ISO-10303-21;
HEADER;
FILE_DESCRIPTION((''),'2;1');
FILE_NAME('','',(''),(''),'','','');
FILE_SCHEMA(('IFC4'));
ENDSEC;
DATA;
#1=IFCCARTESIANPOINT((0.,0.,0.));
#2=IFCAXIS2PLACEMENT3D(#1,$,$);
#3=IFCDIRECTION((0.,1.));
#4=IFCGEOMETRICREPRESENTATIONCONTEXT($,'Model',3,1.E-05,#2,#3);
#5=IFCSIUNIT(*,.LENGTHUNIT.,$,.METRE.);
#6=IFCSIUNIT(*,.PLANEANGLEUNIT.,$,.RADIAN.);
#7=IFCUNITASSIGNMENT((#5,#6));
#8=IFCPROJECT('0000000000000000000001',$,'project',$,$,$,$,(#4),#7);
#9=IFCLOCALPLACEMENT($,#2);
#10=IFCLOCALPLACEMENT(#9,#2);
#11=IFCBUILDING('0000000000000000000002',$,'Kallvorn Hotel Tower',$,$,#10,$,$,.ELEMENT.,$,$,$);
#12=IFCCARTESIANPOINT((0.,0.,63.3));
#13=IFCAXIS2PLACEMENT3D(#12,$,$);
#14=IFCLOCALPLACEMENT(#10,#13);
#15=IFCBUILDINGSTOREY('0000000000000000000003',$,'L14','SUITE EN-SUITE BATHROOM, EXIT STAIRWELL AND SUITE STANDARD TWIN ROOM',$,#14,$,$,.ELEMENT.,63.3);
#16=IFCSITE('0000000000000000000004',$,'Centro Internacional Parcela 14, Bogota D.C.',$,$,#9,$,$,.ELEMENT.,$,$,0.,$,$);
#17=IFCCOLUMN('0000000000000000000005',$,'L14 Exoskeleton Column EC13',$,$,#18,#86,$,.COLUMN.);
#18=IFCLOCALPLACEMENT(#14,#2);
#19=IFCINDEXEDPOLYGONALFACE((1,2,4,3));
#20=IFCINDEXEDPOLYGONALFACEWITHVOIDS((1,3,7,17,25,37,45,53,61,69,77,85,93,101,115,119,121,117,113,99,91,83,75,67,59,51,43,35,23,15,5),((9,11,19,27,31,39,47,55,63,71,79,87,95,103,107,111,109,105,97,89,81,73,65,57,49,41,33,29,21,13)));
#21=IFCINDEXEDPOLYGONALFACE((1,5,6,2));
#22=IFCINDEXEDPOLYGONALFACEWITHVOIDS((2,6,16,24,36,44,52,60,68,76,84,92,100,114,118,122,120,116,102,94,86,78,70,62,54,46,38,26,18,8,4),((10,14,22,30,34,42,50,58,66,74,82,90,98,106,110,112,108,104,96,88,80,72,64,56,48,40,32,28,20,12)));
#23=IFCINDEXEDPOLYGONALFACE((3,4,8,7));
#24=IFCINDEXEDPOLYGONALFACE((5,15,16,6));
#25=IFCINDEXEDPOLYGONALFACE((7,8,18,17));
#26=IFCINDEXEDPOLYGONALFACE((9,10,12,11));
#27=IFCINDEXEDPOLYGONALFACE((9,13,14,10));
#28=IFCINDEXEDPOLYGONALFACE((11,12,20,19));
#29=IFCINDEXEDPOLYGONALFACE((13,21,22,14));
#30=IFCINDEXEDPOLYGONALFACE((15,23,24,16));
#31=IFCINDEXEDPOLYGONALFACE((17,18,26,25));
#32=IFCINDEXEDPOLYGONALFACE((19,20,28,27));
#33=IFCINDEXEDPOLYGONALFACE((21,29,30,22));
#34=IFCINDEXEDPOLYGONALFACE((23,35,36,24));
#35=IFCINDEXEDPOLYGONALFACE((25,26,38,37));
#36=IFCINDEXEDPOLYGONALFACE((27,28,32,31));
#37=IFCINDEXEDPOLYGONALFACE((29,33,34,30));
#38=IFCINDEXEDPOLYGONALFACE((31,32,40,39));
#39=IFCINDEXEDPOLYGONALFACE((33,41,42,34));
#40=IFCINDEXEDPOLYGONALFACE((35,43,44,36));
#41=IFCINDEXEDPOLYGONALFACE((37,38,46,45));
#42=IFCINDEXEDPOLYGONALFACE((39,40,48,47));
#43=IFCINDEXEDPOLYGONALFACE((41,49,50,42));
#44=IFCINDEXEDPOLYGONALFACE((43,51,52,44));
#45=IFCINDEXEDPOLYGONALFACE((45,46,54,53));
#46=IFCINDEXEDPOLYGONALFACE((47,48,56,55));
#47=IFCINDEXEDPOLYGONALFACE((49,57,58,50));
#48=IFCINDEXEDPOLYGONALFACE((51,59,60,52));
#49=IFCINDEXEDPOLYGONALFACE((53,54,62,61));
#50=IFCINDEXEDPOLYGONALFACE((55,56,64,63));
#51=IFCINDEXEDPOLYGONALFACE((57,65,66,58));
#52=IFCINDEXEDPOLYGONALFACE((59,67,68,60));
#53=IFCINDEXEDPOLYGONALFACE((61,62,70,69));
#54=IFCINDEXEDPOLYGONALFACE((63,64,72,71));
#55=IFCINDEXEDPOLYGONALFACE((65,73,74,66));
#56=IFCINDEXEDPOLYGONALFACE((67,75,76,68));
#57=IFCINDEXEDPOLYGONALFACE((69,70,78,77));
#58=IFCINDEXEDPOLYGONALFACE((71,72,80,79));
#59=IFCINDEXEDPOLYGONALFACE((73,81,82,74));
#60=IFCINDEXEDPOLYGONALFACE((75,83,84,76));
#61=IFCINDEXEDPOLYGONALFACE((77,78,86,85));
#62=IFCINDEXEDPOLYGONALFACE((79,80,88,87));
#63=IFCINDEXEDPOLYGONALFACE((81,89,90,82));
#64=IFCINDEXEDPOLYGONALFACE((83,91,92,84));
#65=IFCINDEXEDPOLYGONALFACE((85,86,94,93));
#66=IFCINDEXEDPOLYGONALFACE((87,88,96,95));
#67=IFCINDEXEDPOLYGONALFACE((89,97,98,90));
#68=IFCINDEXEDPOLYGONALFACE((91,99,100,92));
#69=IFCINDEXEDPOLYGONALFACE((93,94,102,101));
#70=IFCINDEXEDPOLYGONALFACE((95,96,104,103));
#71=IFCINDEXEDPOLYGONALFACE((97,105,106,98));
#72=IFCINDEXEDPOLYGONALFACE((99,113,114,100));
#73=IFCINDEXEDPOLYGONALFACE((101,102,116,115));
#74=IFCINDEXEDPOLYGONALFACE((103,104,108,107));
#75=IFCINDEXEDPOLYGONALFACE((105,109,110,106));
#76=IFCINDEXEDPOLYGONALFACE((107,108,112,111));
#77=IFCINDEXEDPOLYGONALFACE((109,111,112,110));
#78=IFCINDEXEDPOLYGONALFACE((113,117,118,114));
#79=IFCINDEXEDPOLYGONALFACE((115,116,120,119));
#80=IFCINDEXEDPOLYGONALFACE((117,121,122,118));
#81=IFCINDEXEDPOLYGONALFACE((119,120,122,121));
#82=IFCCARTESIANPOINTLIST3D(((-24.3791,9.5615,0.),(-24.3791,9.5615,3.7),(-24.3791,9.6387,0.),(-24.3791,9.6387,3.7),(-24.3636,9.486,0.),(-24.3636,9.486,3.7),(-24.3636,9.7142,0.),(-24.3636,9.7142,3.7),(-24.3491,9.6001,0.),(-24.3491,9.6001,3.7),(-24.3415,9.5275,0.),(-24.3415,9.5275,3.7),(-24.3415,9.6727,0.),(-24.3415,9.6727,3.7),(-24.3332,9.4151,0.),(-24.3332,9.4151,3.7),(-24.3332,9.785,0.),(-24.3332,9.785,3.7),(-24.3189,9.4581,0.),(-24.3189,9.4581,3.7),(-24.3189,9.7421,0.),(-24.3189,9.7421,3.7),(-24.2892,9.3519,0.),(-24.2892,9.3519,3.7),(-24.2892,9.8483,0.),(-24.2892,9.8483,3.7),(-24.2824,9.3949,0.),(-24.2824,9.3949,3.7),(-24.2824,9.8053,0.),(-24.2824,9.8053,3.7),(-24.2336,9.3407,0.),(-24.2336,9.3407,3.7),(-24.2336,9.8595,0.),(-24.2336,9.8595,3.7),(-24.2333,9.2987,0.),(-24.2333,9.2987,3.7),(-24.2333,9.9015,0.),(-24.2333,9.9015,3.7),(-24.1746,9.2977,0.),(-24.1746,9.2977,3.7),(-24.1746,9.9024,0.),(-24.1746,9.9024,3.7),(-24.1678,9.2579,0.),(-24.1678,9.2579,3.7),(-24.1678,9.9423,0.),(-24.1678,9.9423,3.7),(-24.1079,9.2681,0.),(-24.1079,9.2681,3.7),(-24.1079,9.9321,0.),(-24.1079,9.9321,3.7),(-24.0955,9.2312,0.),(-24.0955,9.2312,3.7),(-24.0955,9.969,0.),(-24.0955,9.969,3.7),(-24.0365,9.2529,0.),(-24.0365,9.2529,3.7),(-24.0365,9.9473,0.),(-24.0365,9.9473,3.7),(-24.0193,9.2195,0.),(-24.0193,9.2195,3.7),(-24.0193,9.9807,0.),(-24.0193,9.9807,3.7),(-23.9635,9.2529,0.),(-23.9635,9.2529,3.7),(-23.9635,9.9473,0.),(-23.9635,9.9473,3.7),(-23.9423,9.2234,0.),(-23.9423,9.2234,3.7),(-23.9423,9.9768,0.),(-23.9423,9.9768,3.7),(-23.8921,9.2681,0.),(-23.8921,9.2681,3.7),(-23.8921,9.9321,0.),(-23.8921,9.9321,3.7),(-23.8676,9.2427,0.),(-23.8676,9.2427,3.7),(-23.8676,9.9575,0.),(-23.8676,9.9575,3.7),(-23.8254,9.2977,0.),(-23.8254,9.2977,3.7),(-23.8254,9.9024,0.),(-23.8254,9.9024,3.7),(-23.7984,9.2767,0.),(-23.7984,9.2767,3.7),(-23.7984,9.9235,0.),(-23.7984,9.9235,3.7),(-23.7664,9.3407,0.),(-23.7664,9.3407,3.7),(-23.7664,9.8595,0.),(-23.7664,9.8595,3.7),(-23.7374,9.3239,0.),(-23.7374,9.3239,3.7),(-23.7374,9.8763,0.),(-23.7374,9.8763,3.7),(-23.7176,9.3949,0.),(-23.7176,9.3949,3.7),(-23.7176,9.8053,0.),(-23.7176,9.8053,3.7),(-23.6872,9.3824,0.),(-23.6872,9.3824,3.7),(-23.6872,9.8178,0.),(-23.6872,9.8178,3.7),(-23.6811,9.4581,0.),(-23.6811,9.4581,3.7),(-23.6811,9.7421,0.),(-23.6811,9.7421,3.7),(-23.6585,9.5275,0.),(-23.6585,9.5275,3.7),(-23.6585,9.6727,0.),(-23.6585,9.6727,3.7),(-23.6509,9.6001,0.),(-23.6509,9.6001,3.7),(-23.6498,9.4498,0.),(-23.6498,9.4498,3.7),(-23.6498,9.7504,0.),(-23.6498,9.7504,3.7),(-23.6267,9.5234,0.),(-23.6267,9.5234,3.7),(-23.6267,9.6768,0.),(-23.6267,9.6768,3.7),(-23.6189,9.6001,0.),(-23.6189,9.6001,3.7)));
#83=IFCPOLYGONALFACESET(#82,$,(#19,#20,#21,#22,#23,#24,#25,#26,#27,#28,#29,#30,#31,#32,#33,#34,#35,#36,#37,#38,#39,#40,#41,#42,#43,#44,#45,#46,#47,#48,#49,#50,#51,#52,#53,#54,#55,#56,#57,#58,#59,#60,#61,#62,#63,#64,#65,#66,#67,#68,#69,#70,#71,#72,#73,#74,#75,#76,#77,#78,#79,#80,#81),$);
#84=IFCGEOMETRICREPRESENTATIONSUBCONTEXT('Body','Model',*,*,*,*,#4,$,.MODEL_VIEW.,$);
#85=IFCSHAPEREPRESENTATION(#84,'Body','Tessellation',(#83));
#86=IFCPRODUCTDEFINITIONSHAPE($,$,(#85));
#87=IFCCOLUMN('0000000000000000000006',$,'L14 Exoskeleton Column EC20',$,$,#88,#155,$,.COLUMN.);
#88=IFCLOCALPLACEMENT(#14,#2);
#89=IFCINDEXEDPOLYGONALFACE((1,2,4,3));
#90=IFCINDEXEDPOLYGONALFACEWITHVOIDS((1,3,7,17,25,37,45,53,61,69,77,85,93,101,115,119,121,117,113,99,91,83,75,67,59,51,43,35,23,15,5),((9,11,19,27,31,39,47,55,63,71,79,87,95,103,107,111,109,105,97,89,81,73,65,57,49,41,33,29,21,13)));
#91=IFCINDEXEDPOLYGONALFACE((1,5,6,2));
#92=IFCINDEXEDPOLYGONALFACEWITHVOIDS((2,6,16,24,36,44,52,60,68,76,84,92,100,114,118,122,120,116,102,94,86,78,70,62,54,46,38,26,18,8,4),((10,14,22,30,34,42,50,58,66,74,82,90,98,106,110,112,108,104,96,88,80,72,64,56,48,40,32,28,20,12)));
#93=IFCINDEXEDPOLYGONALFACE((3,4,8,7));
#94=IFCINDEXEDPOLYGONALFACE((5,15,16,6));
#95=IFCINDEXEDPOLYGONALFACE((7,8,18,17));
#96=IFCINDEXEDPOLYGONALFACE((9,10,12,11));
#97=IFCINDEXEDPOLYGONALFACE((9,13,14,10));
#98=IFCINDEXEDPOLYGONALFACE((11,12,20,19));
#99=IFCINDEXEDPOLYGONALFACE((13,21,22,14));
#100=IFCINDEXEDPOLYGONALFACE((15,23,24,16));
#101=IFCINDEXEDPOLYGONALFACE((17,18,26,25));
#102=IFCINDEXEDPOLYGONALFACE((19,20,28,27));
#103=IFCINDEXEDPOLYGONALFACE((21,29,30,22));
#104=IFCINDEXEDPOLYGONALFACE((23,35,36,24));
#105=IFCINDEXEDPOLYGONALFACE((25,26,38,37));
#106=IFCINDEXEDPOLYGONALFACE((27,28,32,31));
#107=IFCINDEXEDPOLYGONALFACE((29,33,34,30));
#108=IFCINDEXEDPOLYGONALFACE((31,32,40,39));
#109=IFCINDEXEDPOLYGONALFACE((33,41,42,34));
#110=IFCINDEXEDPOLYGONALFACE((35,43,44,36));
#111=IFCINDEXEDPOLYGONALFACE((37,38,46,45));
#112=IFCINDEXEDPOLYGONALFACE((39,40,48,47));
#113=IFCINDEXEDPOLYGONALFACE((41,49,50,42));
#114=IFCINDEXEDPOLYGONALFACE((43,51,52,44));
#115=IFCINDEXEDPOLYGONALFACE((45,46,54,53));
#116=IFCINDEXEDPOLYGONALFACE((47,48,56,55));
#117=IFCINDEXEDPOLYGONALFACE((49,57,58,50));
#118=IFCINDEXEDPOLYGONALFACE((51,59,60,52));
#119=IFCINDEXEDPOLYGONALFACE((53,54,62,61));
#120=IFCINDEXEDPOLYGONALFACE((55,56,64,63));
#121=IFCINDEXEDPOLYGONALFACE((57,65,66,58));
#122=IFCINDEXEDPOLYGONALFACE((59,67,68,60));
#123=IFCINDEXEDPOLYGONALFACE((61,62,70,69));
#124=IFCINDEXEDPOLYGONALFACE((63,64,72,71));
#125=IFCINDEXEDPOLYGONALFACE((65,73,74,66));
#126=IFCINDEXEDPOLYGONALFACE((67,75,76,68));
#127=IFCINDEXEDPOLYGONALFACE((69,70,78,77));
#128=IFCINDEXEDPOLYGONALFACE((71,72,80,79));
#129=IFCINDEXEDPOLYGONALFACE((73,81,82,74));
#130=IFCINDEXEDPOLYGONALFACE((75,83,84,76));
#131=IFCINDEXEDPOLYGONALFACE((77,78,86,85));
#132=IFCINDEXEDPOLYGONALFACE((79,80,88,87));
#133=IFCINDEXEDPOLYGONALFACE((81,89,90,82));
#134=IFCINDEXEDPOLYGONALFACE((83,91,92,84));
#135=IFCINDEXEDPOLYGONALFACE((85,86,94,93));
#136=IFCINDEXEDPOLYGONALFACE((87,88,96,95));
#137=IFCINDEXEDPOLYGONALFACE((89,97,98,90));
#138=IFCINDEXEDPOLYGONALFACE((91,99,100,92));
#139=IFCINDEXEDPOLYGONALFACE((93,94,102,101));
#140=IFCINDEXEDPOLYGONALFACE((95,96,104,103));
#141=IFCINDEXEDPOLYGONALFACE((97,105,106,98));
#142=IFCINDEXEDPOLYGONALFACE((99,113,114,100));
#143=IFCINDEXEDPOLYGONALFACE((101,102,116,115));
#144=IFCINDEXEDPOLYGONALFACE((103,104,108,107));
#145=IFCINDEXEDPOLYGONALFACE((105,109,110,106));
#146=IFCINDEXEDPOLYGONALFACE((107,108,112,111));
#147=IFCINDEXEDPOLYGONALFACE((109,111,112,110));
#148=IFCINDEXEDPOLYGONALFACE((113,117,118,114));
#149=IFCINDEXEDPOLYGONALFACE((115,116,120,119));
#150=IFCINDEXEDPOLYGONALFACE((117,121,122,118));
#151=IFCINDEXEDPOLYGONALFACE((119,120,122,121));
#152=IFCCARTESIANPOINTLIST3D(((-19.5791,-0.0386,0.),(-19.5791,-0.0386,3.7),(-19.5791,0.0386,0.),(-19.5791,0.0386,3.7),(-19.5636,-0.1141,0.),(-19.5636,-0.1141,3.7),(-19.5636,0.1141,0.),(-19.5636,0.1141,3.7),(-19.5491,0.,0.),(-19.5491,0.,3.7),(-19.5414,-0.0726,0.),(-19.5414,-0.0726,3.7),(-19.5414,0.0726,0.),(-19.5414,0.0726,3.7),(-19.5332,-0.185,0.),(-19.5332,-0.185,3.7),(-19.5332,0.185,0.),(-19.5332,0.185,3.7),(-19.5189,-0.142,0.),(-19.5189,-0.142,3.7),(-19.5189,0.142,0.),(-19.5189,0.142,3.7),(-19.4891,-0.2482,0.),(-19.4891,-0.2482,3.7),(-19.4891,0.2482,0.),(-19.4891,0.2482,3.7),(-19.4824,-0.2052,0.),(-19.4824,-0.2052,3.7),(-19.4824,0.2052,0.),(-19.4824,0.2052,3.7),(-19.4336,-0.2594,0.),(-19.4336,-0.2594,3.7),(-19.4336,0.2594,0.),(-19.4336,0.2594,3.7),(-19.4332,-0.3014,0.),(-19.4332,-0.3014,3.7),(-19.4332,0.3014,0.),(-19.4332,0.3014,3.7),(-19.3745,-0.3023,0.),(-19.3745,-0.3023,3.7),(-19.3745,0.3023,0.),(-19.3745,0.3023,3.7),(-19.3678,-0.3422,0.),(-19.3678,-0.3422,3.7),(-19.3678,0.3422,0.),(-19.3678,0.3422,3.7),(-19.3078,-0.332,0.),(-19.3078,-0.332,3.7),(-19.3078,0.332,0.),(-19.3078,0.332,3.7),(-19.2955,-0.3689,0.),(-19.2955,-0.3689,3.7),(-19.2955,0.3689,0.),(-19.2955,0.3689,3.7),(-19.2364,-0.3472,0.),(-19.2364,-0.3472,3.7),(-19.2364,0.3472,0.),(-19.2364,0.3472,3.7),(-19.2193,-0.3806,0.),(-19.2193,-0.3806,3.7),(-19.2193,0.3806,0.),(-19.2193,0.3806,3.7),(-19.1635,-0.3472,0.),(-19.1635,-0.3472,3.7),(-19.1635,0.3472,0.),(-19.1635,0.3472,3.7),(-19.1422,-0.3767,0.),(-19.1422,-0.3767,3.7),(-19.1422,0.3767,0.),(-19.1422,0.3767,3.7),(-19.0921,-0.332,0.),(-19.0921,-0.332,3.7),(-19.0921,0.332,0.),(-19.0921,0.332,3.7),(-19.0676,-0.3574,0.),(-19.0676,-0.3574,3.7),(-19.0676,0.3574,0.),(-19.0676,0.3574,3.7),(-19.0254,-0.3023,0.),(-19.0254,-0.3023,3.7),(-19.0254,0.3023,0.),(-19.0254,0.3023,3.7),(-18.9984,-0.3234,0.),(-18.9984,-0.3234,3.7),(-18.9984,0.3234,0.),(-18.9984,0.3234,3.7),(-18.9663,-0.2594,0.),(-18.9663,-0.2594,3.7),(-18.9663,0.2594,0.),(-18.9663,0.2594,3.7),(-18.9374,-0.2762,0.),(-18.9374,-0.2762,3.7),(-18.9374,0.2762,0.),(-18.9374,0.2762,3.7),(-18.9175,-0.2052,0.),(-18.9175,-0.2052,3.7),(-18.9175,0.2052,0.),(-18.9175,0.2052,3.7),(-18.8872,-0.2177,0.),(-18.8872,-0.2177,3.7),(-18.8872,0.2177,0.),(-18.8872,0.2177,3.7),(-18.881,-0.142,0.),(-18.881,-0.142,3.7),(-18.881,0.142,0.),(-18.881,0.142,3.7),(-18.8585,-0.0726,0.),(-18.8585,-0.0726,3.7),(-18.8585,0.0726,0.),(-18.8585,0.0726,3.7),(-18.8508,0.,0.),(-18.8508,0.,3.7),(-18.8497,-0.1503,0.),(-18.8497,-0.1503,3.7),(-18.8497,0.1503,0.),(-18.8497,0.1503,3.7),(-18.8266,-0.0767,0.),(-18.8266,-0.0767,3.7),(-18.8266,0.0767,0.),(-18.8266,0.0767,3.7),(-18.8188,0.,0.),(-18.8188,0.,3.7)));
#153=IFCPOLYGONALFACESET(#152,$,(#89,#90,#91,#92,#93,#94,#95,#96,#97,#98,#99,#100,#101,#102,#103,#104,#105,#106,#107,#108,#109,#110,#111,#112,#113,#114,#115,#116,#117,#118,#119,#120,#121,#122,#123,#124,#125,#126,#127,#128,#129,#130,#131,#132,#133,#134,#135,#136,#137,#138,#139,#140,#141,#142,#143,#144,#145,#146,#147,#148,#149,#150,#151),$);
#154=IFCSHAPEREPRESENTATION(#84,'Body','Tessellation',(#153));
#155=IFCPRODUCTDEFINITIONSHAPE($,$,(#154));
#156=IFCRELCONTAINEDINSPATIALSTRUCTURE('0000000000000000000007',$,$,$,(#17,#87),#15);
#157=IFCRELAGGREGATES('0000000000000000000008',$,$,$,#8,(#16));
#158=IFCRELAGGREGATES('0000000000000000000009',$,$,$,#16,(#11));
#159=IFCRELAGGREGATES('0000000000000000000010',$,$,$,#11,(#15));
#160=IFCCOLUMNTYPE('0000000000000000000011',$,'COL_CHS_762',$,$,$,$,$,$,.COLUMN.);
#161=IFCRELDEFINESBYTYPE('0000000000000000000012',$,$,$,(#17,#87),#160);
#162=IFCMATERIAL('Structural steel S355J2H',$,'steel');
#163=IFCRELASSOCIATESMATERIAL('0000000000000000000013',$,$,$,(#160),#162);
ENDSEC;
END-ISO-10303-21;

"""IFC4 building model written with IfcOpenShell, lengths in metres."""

from ifc_helpers import new_model, si_unit, direction, frame, origin, origin_2d, place, context, subcontext, project, spatial, hollow_circle, extrude, material, material_profile, profile_set, type_object, element, save


model = new_model("IFC4")

# Units and contexts
model_context = context("Model", 3, precision=1e-05, world=origin(), true_north=direction((0.0, 1.0)))
body_context = subcontext(model_context, "Body", "Model", "MODEL_VIEW")
ifc_project = project(units=[si_unit("LENGTHUNIT", "METRE"), si_unit("PLANEANGLEUNIT", "RADIAN")], contexts=[model_context])

# Site, building, storey
site_placement = place(None, origin())
site = spatial("IfcSite", under=ifc_project, at=site_placement, Name="Centro Internacional Parcela 14, Bogota D.C.", CompositionType="ELEMENT", RefElevation=0.0)
building_placement = place(site_placement, origin())
building = spatial("IfcBuilding", under=site, at=building_placement, Name="Kallvorn Hotel Tower", CompositionType="ELEMENT")
storey_placement = place(building_placement, frame((0.0, 0.0, 63.3)))
storey = spatial("IfcBuildingStorey", under=building, at=storey_placement, Name="L14", Description="SUITE EN-SUITE BATHROOM, EXIT STAIRWELL AND SUITE STANDARD TWIN ROOM", CompositionType="ELEMENT", Elevation=63.3)

# Columns
ifc_material_1 = material(Name="Structural steel S355J2H", Category="steel")
ifc_material_profile_1 = material_profile(ifc_material_1, hollow_circle(Radius=0.3811, WallThickness=0.032, at=origin_2d()), Name="CHS 762x32")
ifc_profile_set_1 = profile_set([ifc_material_profile_1], Name="Structural steel S355J2H")
column_type_1 = type_object("IfcColumnType", Name="COL_CHS_762", PredefinedType="COLUMN", material=ifc_profile_set_1)
for number, where, z_axis, x_axis, name in (
    (1, (-24.0, 9.6001, 0.0), (0.0, 0.0, 1.0), (1.0, 0.0, 0.0), "L14 Exoskeleton Column EC13"),
    (2, (-19.2, 0.0, 0.0), (0.0, 0.0, 1.0), (1.0, 0.0, 0.0), "L14 Exoskeleton Column EC20"),
):
    element("IfcColumn", number, at=place(storey_placement, frame(where, z_axis=z_axis, x_axis=x_axis)), inside=storey, type_object=column_type_1, Name=name, PredefinedType="COLUMN", context=body_context, shape_type="SweptSolid", body=[
        extrude(hollow_circle(Radius=0.3811, WallThickness=0.032, at=origin_2d()), origin(), (0.0, 0.0, 1.0), 3.7),
    ])

save(model, "model.ifc")
